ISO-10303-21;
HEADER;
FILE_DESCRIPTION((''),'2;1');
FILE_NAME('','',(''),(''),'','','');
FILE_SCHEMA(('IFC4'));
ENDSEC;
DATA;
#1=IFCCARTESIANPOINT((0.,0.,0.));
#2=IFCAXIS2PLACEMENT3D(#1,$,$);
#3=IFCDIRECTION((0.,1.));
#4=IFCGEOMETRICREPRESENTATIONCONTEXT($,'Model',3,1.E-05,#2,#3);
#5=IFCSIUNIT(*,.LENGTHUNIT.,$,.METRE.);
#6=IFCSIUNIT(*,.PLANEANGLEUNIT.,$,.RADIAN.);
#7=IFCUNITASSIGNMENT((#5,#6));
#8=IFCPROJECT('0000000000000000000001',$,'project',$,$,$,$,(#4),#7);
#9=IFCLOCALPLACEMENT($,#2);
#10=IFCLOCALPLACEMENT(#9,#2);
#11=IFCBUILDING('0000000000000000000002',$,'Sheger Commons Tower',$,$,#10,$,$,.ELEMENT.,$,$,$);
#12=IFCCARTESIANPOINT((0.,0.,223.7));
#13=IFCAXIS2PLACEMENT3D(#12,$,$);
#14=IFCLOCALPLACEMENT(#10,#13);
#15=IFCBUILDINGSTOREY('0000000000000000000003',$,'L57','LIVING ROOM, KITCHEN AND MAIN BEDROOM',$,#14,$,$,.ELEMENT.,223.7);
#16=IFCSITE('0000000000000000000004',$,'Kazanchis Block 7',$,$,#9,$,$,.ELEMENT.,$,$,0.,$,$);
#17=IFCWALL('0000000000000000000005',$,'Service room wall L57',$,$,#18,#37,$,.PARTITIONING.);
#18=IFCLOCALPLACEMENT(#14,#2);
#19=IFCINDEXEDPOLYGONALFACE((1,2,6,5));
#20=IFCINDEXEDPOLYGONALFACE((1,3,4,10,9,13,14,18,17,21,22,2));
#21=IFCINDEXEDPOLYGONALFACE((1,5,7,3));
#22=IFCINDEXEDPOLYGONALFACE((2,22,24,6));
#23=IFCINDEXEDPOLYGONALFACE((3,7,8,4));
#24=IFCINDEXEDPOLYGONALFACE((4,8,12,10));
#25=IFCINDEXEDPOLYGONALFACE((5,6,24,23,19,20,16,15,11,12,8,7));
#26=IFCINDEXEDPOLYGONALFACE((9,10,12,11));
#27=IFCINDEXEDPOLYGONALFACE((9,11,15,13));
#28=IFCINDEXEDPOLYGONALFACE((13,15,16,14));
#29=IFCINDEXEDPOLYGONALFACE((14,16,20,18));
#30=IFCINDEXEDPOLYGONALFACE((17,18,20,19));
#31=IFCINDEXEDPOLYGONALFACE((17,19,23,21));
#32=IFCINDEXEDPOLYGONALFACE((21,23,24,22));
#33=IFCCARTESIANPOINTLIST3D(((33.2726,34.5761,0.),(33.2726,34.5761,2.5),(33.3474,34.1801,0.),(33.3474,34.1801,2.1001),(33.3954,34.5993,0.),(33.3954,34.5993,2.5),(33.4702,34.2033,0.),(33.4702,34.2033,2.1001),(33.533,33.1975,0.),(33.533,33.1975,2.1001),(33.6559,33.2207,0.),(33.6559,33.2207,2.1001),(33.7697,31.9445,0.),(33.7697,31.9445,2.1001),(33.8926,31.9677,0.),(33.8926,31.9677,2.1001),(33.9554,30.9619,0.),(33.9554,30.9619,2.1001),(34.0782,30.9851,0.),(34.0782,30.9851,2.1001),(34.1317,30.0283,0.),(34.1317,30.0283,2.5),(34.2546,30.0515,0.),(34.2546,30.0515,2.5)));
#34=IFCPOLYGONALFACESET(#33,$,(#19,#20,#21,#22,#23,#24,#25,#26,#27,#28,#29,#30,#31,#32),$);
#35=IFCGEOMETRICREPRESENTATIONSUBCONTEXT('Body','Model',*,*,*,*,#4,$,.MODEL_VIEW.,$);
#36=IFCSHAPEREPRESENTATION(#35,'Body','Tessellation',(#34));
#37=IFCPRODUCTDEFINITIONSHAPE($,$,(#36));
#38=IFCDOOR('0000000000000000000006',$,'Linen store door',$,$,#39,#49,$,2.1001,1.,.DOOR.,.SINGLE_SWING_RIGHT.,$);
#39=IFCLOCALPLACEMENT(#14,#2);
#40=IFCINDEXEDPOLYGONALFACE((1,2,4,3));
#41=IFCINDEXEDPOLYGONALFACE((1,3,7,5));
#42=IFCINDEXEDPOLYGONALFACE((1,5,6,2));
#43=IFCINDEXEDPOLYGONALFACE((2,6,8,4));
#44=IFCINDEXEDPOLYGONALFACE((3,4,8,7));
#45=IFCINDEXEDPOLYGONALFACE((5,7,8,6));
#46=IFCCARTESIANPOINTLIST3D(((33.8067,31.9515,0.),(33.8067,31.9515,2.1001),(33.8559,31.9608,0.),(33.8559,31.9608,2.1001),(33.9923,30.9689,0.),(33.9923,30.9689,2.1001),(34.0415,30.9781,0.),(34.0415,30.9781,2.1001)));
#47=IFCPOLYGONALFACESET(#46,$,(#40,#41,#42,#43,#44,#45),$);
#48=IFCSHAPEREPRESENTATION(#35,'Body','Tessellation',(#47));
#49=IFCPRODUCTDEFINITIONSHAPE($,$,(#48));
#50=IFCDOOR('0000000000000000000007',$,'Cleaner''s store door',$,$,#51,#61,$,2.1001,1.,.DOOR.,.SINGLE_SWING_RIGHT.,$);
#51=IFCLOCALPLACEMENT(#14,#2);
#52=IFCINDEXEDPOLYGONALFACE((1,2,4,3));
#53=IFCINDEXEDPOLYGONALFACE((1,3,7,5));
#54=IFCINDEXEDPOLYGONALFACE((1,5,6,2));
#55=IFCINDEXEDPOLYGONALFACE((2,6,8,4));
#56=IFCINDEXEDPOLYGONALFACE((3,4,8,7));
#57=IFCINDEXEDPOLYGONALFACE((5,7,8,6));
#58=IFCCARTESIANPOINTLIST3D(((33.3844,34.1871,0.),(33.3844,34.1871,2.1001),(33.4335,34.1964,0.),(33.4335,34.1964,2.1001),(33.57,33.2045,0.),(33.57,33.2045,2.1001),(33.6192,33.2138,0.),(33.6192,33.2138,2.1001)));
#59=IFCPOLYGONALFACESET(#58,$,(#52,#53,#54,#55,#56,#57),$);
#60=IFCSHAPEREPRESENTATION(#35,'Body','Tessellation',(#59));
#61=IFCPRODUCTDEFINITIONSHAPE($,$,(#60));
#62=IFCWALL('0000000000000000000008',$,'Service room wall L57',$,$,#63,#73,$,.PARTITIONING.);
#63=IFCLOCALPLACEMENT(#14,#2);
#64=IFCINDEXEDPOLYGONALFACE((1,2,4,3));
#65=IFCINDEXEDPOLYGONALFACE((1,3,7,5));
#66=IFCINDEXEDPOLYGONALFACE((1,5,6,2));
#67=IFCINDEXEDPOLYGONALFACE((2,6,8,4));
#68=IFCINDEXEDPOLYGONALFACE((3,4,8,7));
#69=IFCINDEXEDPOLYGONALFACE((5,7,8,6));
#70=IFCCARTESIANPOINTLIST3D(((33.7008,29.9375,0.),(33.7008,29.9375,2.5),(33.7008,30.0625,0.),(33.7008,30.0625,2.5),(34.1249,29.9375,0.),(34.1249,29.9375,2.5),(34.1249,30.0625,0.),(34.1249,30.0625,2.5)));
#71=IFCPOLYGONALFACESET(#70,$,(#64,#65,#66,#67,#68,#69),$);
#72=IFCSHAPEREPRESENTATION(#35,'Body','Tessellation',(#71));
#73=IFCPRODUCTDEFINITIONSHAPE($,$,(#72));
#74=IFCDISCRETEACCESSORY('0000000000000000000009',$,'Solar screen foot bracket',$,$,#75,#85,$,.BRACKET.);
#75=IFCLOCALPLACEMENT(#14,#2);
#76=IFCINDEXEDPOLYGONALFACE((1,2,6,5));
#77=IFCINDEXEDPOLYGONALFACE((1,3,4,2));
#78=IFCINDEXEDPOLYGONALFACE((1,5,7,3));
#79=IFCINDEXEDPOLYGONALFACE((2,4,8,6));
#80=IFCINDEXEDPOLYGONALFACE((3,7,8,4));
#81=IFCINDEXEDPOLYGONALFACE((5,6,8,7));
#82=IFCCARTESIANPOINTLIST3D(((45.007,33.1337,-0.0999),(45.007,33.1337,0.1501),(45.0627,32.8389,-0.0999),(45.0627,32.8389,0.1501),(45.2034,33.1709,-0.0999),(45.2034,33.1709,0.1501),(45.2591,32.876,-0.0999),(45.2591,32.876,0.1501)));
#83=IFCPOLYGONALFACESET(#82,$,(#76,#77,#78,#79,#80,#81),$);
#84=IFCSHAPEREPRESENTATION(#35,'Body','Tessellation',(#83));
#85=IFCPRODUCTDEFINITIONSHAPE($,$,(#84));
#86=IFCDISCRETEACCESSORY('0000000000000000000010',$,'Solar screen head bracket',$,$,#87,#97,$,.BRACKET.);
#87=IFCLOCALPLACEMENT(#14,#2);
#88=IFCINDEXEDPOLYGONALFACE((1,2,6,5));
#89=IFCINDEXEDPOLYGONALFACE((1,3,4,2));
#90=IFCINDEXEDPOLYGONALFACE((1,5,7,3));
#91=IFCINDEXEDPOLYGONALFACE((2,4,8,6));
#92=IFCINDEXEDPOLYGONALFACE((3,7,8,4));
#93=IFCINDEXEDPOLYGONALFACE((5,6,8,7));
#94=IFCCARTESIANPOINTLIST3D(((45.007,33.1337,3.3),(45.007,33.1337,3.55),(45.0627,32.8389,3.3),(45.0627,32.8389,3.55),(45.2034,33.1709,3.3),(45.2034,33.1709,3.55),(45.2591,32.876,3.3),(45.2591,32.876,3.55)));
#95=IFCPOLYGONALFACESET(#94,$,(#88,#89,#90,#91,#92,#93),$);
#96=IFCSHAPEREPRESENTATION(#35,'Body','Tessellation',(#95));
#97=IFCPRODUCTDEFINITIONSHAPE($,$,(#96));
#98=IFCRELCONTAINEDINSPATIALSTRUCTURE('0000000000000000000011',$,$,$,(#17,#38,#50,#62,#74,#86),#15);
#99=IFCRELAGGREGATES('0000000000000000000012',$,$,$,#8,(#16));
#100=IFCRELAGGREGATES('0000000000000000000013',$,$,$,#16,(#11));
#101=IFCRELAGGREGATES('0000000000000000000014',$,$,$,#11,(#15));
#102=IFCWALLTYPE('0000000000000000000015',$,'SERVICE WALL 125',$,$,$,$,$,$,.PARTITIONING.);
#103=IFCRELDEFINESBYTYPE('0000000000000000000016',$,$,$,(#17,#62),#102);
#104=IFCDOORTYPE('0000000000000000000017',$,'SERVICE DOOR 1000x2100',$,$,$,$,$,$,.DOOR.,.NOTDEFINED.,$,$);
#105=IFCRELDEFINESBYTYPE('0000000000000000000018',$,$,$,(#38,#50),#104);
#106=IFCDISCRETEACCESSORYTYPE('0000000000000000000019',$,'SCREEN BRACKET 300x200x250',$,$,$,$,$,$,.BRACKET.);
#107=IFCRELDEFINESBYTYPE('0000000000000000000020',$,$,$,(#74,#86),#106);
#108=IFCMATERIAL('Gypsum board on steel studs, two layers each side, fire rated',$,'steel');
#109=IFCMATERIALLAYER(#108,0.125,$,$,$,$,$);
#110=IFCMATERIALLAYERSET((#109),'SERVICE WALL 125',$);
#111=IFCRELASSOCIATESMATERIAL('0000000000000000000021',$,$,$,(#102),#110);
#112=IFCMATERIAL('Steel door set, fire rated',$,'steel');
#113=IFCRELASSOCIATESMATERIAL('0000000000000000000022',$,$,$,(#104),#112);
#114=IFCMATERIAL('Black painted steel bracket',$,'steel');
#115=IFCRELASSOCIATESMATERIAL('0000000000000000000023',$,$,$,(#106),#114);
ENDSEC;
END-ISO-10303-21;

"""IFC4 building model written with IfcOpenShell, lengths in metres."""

from ifc_helpers import new_model, si_unit, direction, frame, frame_2d, origin, origin_2d, place, context, subcontext, project, spatial, rectangle, extrude, material, layer, layer_set, type_object, element, fill, save


model = new_model("IFC4")

# Units and contexts
model_context = context("Model", 3, precision=1e-05, world=origin(), true_north=direction((0.0, 1.0)))
body_context = subcontext(model_context, "Body", "Model", "MODEL_VIEW")
ifc_project = project(units=[si_unit("LENGTHUNIT", "METRE"), si_unit("PLANEANGLEUNIT", "RADIAN")], contexts=[model_context])

# Site, building, storey
site_placement = place(None, origin())
site = spatial("IfcSite", under=ifc_project, at=site_placement, Name="Kazanchis Block 7", CompositionType="ELEMENT", RefElevation=0.0)
building_placement = place(site_placement, origin())
building = spatial("IfcBuilding", under=site, at=building_placement, Name="Sheger Commons Tower", CompositionType="ELEMENT")
storey_placement = place(building_placement, frame((0.0, 0.0, 223.7)))
storey = spatial("IfcBuildingStorey", under=building, at=storey_placement, Name="L57", Description="LIVING ROOM, KITCHEN AND MAIN BEDROOM", CompositionType="ELEMENT", Elevation=223.7)

# Wall, openings, doors
ifc_material_1 = material(Name="Gypsum board on steel studs, two layers each side, fire rated", Category="steel")
ifc_layer_1 = layer(ifc_material_1, 0.125)
ifc_layer_set_1 = layer_set([ifc_layer_1], Name="SERVICE WALL 125")
wall_type_1 = type_object("IfcWallType", Name="SERVICE WALL 125", PredefinedType="PARTITIONING", material=ifc_layer_set_1)
wall_1_placement = place(storey_placement, frame((34.1931, 30.04, 0.0), z_axis=(0.0, 0.0, 1.0), x_axis=(-0.185626, 0.98262, 0.0)))
wall_1 = element("IfcWall", 1, at=wall_1_placement, inside=storey, type_object=wall_type_1, Name="Service room wall L57", PredefinedType="PARTITIONING", context=body_context, shape_type="SweptSolid", body=[
    extrude(rectangle(XDim=4.6282, YDim=0.125, at=frame_2d((2.314, 0.0))), origin(), (0.0, 0.0, 1.0), 2.5),
])
opening_1_placement = place(wall_1_placement, frame((0.95, 0.0, 0.0)))
opening_1 = element("IfcOpeningElement", 2, at=opening_1_placement, cuts=wall_1, PredefinedType="OPENING", context=body_context, shape_type="SweptSolid", body=[
    extrude(rectangle(XDim=1.0, YDim=2.1001, at=frame_2d((0.5, 1.05))), frame((0.0, 0.0725, 0.0), z_axis=(0.0, -1.0, 0.0), x_axis=(1.0, 0.0, 0.0)), (0.0, 0.0, 1.0), 0.145),
])
opening_2_placement = place(wall_1_placement, frame((3.2251, 0.0, 0.0)))
opening_2 = element("IfcOpeningElement", 3, at=opening_2_placement, cuts=wall_1, PredefinedType="OPENING", context=body_context, shape_type="SweptSolid", body=[
    extrude(rectangle(XDim=1.0, YDim=2.1001, at=frame_2d((0.5, 1.05))), frame((0.0, 0.0725, 0.0), z_axis=(0.0, -1.0, 0.0), x_axis=(1.0, 0.0, 0.0)), (0.0, 0.0, 1.0), 0.145),
])
ifc_material_2 = material(Name="Steel door set, fire rated", Category="steel")
door_type = type_object("IfcDoorType", Name="SERVICE DOOR 1000x2100", OperationType="NOTDEFINED", PredefinedType="DOOR", material=ifc_material_2)
door_1_placement = place(opening_1_placement, origin())
door_1 = element("IfcDoor", 4, at=door_1_placement, inside=storey, type_object=door_type, Name="Linen store door", OperationType="SINGLE_SWING_RIGHT", OverallHeight=2.1001, OverallWidth=1.0, PredefinedType="DOOR", context=body_context, shape_type="SweptSolid", body=[
    extrude(rectangle(XDim=1.0, YDim=2.1001, at=frame_2d((0.5, 1.05))), frame((0.0, 0.0249, 0.0), z_axis=(0.0, -1.0, 0.0), x_axis=(1.0, 0.0, 0.0)), (0.0, 0.0, 1.0), 0.05),
])
fill(opening_1, door_1)
door_2_placement = place(opening_2_placement, origin())
door_2 = element("IfcDoor", 5, at=door_2_placement, inside=storey, type_object=door_type, Name="Cleaner's store door", OperationType="SINGLE_SWING_RIGHT", OverallHeight=2.1001, OverallWidth=1.0, PredefinedType="DOOR", context=body_context, shape_type="SweptSolid", body=[
    extrude(rectangle(XDim=1.0, YDim=2.1001, at=frame_2d((0.5, 1.05))), frame((0.0, 0.0249, 0.0), z_axis=(0.0, -1.0, 0.0), x_axis=(1.0, 0.0, 0.0)), (0.0, 0.0, 1.0), 0.05),
])
fill(opening_2, door_2)

# Wall
wall_2_placement = place(storey_placement, frame((33.7009, 30.0, 0.0), z_axis=(0.0, 0.0, 1.0), x_axis=(1.0, 0.0, 0.0)))
element("IfcWall", 6, at=wall_2_placement, inside=storey, type_object=wall_type_1, Name="Service room wall L57", PredefinedType="PARTITIONING", context=body_context, shape_type="SweptSolid", body=[
    extrude(rectangle(XDim=0.4241, YDim=0.125, at=frame_2d((0.2119, 0.0))), origin(), (0.0, 0.0, 1.0), 2.5),
])

# Discrete accessories
ifc_material_3 = material(Name="Black painted steel bracket", Category="steel")
discrete_accessory_type = type_object("IfcDiscreteAccessoryType", Name="SCREEN BRACKET 300x200x250", PredefinedType="BRACKET", material=ifc_material_3)
for number, where, z_axis, x_axis, name in (
    (7, (45.1331, 33.0049, -0.0999), (0.0, 0.0, 1.0), (-0.185615, 0.982623, 0.0), "Solar screen foot bracket"),
    (8, (45.1331, 33.0049, 3.3), (0.0, 0.0, 1.0), (-0.185615, 0.982623, 0.0), "Solar screen head bracket"),
):
    element("IfcDiscreteAccessory", number, at=place(storey_placement, frame(where, z_axis=z_axis, x_axis=x_axis)), inside=storey, type_object=discrete_accessory_type, Name=name, PredefinedType="BRACKET", context=body_context, shape_type="SweptSolid", body=[
        extrude(rectangle(XDim=0.3, YDim=0.2, at=origin_2d()), origin(), (0.0, 0.0, 1.0), 0.25),
    ])

save(model, "model.ifc")
